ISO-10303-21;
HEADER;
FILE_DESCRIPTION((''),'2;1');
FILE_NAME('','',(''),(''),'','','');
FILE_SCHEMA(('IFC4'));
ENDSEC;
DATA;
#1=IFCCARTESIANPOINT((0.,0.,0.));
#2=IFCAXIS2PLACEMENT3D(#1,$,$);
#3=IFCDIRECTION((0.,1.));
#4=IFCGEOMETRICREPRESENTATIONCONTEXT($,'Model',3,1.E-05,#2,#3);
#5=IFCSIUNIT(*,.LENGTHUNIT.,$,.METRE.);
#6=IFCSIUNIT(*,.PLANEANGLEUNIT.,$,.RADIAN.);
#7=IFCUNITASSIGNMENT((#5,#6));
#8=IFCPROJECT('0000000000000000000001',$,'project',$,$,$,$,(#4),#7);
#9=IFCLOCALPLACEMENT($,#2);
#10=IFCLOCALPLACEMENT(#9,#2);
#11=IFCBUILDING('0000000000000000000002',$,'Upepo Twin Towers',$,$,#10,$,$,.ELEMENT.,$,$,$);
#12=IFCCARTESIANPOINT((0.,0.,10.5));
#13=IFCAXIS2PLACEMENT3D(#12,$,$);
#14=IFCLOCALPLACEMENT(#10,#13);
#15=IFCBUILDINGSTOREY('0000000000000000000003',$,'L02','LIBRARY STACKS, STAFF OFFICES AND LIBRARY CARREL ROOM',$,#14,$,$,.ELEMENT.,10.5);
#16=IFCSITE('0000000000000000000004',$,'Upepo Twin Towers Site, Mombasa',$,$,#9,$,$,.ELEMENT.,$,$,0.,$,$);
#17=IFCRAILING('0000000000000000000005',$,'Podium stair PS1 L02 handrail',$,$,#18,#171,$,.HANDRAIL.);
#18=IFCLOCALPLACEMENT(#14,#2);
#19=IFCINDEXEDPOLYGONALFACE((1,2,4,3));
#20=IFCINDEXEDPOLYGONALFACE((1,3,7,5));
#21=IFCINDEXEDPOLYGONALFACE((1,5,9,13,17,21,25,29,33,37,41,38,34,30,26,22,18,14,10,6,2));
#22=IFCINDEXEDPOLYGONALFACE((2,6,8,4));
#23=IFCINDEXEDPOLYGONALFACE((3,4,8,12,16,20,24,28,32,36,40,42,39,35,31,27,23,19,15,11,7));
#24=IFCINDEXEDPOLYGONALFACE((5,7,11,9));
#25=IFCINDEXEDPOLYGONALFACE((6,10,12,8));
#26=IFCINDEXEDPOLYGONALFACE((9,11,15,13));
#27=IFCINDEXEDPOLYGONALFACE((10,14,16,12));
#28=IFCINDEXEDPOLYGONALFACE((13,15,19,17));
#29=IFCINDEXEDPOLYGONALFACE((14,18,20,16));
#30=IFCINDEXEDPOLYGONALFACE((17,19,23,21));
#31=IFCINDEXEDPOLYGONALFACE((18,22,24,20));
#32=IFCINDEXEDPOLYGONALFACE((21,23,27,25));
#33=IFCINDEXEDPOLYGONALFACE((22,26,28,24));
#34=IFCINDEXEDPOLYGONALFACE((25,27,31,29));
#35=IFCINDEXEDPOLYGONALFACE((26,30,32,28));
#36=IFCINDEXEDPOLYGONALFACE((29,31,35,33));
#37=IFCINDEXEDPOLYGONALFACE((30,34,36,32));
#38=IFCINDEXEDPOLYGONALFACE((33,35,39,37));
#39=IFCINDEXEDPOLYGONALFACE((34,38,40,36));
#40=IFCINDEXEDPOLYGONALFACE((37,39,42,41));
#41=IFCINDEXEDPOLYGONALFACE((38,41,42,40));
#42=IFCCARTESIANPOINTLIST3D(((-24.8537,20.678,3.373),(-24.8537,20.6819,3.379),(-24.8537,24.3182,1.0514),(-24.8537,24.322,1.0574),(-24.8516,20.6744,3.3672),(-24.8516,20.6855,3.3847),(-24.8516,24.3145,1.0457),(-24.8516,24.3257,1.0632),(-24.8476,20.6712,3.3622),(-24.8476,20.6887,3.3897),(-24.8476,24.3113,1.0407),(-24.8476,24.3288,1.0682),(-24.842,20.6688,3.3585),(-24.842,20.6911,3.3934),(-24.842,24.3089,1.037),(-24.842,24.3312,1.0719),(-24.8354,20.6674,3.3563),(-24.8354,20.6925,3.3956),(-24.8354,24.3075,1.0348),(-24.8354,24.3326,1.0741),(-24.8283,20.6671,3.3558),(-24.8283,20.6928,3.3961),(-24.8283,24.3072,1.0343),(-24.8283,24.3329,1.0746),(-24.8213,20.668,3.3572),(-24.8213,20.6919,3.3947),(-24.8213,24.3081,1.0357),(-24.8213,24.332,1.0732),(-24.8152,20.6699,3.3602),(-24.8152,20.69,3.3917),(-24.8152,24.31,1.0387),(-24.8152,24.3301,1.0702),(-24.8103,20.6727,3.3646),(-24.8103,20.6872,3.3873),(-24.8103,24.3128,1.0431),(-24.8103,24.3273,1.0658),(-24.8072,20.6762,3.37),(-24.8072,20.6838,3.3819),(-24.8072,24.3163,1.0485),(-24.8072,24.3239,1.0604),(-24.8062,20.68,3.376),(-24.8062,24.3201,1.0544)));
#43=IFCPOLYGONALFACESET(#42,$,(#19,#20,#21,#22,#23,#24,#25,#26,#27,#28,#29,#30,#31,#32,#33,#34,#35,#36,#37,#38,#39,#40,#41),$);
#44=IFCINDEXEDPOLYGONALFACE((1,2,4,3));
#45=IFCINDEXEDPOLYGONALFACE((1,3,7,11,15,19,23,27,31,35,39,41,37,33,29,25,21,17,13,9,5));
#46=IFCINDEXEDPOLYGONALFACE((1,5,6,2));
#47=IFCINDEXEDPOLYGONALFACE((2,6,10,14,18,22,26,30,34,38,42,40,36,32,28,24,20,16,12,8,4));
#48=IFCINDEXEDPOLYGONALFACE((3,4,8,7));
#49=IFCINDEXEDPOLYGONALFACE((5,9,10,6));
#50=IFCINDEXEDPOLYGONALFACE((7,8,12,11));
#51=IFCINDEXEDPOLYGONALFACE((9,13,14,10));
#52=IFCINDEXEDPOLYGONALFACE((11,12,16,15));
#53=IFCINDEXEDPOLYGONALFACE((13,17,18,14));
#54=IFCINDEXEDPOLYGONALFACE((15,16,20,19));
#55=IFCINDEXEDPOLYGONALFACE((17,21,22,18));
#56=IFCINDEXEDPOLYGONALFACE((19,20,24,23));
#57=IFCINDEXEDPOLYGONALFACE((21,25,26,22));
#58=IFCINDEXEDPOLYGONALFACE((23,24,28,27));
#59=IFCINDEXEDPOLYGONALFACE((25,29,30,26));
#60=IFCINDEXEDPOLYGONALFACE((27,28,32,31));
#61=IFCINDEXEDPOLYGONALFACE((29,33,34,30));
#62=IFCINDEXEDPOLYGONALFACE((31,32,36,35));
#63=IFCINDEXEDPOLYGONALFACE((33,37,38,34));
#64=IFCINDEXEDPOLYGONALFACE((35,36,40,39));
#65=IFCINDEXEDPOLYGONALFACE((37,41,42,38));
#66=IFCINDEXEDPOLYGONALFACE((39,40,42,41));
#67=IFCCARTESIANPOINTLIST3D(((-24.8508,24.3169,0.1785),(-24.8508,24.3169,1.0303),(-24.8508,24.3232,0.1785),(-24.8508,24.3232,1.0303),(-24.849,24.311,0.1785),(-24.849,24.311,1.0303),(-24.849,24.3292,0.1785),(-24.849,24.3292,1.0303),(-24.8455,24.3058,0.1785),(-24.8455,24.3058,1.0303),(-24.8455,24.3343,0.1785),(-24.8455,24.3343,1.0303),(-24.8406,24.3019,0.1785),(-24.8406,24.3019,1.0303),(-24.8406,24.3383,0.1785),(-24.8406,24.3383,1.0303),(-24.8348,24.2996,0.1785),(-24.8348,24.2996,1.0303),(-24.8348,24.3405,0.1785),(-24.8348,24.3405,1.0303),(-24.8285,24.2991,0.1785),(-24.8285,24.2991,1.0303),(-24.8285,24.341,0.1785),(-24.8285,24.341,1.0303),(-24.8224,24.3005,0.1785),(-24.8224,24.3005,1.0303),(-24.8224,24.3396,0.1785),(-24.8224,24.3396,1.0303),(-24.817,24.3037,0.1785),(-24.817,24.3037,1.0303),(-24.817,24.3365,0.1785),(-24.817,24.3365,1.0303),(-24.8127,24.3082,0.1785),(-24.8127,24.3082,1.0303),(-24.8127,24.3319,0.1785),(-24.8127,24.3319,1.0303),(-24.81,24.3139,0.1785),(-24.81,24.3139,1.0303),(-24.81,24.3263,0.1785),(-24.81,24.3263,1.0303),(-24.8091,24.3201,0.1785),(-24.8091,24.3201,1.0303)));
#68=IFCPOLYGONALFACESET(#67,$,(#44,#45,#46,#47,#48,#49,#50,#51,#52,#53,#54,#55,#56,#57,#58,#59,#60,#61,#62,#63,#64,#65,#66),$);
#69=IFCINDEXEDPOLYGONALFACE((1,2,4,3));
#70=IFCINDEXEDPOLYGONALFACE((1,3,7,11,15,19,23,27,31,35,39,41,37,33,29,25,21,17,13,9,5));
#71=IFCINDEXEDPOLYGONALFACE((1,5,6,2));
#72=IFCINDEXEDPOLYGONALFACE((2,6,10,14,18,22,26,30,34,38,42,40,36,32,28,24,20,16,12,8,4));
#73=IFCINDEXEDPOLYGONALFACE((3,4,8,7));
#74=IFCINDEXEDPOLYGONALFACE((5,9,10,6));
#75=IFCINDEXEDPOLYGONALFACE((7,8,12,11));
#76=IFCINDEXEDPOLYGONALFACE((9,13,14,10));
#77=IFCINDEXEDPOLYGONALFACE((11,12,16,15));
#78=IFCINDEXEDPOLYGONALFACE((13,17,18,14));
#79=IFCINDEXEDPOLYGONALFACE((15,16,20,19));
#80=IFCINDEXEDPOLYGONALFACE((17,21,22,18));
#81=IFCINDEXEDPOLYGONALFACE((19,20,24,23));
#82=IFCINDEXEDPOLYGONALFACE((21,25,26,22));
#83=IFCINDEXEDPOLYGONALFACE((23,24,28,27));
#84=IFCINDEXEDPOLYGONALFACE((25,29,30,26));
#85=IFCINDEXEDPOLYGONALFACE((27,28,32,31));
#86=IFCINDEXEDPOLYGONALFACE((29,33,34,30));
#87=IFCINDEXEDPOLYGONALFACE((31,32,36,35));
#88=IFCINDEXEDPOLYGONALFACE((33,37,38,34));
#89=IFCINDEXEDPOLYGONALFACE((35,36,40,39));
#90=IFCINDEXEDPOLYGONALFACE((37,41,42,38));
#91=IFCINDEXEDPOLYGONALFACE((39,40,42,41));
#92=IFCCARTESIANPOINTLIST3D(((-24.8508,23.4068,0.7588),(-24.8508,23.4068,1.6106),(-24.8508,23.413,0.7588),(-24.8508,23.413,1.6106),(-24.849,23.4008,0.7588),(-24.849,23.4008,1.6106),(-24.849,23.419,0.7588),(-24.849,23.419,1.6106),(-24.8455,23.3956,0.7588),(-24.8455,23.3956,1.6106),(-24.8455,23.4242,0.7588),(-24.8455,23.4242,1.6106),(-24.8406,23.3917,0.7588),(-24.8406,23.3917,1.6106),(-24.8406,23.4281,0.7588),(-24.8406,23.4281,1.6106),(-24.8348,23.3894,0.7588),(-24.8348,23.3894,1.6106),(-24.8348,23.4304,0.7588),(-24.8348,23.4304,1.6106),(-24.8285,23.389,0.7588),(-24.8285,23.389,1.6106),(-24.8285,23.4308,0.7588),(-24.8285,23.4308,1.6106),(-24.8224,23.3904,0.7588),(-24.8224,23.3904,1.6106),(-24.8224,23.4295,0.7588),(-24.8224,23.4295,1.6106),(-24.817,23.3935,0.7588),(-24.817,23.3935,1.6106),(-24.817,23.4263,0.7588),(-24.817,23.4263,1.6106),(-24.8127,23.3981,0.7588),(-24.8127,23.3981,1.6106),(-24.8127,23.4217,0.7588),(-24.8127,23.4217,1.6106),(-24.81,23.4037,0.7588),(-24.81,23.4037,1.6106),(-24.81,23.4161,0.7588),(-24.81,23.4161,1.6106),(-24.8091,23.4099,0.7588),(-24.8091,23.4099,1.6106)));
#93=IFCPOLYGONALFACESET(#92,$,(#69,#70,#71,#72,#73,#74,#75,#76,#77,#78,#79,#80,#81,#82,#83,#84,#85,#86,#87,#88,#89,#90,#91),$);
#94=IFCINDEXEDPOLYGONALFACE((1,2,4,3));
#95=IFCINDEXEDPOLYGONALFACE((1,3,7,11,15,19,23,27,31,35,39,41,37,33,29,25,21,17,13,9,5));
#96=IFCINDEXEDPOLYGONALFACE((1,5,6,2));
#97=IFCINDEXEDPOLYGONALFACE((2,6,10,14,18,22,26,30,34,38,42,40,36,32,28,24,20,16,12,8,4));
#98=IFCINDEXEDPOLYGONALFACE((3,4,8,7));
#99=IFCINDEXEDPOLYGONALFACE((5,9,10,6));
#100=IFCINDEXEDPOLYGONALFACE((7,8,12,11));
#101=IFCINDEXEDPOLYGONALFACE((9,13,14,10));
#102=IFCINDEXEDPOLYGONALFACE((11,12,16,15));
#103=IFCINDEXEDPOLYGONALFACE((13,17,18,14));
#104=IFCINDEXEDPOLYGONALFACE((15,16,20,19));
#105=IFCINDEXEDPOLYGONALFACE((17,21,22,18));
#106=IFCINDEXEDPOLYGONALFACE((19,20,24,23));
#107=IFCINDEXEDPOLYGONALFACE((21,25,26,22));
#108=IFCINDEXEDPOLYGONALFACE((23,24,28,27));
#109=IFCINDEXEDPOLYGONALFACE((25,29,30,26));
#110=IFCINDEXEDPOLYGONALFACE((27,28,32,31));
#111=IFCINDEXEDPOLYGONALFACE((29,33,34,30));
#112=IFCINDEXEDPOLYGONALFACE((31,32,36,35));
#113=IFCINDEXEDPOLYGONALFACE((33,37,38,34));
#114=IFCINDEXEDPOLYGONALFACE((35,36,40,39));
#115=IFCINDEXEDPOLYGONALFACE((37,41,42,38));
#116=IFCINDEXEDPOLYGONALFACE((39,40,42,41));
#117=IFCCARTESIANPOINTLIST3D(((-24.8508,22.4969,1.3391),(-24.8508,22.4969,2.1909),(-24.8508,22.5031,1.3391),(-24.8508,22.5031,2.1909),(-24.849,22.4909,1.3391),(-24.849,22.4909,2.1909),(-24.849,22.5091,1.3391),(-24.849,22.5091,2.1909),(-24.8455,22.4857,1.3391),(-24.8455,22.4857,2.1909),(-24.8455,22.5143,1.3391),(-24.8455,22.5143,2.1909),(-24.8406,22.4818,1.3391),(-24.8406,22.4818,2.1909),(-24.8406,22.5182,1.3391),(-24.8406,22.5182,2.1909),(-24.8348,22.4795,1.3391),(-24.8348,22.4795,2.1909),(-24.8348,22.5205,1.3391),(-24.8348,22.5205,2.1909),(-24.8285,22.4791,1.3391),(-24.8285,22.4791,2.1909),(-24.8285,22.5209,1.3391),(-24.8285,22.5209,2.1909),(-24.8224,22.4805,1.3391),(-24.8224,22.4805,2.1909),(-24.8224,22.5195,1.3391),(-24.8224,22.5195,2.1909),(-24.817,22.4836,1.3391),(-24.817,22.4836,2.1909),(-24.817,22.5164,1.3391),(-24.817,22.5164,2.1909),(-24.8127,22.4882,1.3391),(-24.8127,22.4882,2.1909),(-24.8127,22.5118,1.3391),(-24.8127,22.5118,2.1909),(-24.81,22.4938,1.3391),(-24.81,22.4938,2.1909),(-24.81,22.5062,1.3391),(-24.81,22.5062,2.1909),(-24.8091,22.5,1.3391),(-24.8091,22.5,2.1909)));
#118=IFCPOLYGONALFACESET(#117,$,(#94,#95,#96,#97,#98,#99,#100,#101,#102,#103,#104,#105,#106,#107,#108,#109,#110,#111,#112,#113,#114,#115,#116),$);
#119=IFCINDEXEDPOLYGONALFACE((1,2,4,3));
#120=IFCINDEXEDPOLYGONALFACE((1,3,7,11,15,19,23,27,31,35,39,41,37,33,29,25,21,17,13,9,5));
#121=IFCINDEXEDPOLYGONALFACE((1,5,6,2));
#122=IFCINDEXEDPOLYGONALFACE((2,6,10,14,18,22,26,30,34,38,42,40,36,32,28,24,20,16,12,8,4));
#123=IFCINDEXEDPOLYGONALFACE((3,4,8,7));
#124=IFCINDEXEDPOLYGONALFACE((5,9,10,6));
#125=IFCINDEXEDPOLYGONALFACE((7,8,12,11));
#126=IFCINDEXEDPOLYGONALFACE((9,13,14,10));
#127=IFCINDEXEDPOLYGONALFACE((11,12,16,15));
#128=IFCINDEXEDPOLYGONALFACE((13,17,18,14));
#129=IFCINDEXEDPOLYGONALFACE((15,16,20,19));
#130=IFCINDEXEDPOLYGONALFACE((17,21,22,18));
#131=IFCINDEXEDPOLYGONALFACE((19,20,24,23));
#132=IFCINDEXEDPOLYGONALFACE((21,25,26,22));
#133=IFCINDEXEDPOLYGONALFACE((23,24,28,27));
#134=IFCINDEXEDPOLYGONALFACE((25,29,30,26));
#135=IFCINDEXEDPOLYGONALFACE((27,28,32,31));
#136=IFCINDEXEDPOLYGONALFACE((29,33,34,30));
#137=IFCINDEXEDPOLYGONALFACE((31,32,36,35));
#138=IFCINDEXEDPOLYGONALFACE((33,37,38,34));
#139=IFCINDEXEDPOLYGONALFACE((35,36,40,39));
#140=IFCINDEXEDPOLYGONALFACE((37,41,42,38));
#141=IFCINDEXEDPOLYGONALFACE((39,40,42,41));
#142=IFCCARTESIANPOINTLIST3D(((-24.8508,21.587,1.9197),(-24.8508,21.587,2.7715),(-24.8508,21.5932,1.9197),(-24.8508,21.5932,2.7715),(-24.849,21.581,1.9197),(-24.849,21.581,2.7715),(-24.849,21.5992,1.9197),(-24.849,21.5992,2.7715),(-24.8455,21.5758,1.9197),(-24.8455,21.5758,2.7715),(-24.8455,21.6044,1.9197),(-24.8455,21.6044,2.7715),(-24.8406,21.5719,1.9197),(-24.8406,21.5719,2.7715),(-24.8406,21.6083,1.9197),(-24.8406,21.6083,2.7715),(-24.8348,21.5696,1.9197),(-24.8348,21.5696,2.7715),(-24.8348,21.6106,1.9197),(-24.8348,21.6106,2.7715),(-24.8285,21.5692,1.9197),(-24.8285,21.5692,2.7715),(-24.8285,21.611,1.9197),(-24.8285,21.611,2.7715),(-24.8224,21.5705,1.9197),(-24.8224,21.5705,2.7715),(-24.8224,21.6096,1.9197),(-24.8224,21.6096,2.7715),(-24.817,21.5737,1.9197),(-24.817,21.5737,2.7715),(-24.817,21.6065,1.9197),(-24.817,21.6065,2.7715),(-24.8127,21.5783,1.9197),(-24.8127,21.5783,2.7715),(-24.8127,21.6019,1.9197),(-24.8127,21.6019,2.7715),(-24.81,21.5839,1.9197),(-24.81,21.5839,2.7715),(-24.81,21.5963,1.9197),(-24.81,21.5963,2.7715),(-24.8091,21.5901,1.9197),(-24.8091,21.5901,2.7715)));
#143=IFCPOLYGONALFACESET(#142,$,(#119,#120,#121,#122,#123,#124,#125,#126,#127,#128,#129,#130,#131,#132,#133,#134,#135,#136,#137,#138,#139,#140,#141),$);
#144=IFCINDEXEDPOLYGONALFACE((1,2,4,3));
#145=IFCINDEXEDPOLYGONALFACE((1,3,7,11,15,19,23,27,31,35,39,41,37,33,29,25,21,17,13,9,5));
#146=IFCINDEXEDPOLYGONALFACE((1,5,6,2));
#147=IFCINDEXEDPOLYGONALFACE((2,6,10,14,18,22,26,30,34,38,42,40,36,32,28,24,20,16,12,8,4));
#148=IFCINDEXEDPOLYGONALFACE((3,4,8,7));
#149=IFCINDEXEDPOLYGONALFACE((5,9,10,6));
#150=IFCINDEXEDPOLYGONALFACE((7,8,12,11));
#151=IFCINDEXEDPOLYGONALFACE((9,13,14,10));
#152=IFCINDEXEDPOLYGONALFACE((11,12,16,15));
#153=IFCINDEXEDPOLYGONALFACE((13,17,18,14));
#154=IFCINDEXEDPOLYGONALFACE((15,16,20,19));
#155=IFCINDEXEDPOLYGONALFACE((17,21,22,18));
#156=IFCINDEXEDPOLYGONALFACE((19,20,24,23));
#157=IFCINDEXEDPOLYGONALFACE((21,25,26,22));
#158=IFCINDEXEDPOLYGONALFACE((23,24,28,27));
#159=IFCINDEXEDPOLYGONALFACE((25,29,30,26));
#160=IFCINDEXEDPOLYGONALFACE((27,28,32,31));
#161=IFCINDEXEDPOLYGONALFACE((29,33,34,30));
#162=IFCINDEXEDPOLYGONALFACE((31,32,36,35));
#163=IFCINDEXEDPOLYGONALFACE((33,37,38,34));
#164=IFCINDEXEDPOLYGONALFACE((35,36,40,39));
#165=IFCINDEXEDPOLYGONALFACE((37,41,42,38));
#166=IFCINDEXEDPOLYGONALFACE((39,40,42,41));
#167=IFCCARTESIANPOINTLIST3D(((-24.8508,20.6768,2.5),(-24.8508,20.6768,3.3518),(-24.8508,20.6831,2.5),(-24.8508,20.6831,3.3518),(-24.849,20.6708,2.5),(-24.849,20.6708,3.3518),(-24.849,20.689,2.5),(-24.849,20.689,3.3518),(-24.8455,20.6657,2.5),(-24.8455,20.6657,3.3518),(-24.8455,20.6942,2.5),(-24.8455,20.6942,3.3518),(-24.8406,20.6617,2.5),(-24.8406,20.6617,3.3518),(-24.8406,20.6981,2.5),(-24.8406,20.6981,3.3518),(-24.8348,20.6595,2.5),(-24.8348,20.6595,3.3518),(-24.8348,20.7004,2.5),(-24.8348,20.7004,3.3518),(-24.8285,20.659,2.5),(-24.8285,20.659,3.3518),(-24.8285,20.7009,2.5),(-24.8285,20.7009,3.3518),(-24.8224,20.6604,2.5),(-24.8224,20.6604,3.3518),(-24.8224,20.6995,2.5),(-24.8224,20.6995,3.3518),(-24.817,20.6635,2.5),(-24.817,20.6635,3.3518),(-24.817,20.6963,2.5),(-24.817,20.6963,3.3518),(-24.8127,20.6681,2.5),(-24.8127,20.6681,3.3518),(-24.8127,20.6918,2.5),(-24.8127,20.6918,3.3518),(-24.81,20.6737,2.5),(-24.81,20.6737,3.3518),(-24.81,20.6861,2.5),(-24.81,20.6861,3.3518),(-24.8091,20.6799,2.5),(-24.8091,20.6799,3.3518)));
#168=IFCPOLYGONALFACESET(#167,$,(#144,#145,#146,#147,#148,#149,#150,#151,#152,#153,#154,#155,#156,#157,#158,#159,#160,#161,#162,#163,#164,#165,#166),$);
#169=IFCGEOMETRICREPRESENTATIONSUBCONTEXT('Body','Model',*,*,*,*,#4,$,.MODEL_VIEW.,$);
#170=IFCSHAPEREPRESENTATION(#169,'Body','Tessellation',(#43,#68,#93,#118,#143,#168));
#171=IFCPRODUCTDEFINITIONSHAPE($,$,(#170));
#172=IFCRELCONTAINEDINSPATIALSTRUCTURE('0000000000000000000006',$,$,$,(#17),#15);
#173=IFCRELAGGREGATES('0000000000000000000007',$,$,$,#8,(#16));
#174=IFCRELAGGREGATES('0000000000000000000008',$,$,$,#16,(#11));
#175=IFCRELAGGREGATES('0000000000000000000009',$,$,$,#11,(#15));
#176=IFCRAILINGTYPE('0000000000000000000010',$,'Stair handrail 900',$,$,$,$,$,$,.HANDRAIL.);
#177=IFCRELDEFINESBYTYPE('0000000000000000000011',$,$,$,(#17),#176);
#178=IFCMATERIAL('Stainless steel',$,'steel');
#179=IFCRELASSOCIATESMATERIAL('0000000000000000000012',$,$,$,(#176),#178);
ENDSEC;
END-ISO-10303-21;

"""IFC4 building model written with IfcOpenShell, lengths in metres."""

from ifc_helpers import new_model, si_unit, direction, frame, origin, origin_2d, place, context, subcontext, project, spatial, circle, extrude, material, type_object, element, save


model = new_model("IFC4")

# Units and contexts
model_context = context("Model", 3, precision=1e-05, world=origin(), true_north=direction((0.0, 1.0)))
body_context = subcontext(model_context, "Body", "Model", "MODEL_VIEW")
ifc_project = project(units=[si_unit("LENGTHUNIT", "METRE"), si_unit("PLANEANGLEUNIT", "RADIAN")], contexts=[model_context])

# Site, building, storey
site_placement = place(None, origin())
site = spatial("IfcSite", under=ifc_project, at=site_placement, Name="Upepo Twin Towers Site, Mombasa", CompositionType="ELEMENT", RefElevation=0.0)
building_placement = place(site_placement, origin())
building = spatial("IfcBuilding", under=site, at=building_placement, Name="Upepo Twin Towers", CompositionType="ELEMENT")
storey_placement = place(building_placement, frame((0.0, 0.0, 10.5)))
storey = spatial("IfcBuildingStorey", under=building, at=storey_placement, Name="L02", Description="LIBRARY STACKS, STAFF OFFICES AND LIBRARY CARREL ROOM", CompositionType="ELEMENT", Elevation=10.5)

# Railing
ifc_material_1 = material(Name="Stainless steel", Category="steel")
railing_type = type_object("IfcRailingType", Name="Stair handrail 900", PredefinedType="HANDRAIL", material=ifc_material_1)
railing_placement = place(storey_placement, frame((-24.8301, 24.3201, 0.1785)))
element("IfcRailing", 1, at=railing_placement, inside=storey, type_object=railing_type, Name="Podium stair PS1 L02 handrail", PredefinedType="HANDRAIL", context=body_context, shape_type="SweptSolid", body=[
    extrude(circle(Radius=0.0239, at=origin_2d()), frame((0.0, 0.0, 0.876), z_axis=(0.0, -0.843128, 0.537713), x_axis=(1.0, 0.0, 0.0)), (0.0, 0.0, 1.0), 4.3174),
    extrude(circle(Radius=0.021, at=origin_2d()), origin(), (0.0, 0.0, 1.0), 0.8518),
    extrude(circle(Radius=0.021, at=origin_2d()), frame((0.0, -0.9102, 0.5803)), (0.0, 0.0, 1.0), 0.8518),
    extrude(circle(Radius=0.021, at=origin_2d()), frame((0.0, -1.8201, 1.1606)), (0.0, 0.0, 1.0), 0.8518),
    extrude(circle(Radius=0.021, at=origin_2d()), frame((0.0, -2.73, 1.7412)), (0.0, 0.0, 1.0), 0.8518),
    extrude(circle(Radius=0.021, at=origin_2d()), frame((0.0, -3.6401, 2.3215)), (0.0, 0.0, 1.0), 0.8518),
])

save(model, "model.ifc")
